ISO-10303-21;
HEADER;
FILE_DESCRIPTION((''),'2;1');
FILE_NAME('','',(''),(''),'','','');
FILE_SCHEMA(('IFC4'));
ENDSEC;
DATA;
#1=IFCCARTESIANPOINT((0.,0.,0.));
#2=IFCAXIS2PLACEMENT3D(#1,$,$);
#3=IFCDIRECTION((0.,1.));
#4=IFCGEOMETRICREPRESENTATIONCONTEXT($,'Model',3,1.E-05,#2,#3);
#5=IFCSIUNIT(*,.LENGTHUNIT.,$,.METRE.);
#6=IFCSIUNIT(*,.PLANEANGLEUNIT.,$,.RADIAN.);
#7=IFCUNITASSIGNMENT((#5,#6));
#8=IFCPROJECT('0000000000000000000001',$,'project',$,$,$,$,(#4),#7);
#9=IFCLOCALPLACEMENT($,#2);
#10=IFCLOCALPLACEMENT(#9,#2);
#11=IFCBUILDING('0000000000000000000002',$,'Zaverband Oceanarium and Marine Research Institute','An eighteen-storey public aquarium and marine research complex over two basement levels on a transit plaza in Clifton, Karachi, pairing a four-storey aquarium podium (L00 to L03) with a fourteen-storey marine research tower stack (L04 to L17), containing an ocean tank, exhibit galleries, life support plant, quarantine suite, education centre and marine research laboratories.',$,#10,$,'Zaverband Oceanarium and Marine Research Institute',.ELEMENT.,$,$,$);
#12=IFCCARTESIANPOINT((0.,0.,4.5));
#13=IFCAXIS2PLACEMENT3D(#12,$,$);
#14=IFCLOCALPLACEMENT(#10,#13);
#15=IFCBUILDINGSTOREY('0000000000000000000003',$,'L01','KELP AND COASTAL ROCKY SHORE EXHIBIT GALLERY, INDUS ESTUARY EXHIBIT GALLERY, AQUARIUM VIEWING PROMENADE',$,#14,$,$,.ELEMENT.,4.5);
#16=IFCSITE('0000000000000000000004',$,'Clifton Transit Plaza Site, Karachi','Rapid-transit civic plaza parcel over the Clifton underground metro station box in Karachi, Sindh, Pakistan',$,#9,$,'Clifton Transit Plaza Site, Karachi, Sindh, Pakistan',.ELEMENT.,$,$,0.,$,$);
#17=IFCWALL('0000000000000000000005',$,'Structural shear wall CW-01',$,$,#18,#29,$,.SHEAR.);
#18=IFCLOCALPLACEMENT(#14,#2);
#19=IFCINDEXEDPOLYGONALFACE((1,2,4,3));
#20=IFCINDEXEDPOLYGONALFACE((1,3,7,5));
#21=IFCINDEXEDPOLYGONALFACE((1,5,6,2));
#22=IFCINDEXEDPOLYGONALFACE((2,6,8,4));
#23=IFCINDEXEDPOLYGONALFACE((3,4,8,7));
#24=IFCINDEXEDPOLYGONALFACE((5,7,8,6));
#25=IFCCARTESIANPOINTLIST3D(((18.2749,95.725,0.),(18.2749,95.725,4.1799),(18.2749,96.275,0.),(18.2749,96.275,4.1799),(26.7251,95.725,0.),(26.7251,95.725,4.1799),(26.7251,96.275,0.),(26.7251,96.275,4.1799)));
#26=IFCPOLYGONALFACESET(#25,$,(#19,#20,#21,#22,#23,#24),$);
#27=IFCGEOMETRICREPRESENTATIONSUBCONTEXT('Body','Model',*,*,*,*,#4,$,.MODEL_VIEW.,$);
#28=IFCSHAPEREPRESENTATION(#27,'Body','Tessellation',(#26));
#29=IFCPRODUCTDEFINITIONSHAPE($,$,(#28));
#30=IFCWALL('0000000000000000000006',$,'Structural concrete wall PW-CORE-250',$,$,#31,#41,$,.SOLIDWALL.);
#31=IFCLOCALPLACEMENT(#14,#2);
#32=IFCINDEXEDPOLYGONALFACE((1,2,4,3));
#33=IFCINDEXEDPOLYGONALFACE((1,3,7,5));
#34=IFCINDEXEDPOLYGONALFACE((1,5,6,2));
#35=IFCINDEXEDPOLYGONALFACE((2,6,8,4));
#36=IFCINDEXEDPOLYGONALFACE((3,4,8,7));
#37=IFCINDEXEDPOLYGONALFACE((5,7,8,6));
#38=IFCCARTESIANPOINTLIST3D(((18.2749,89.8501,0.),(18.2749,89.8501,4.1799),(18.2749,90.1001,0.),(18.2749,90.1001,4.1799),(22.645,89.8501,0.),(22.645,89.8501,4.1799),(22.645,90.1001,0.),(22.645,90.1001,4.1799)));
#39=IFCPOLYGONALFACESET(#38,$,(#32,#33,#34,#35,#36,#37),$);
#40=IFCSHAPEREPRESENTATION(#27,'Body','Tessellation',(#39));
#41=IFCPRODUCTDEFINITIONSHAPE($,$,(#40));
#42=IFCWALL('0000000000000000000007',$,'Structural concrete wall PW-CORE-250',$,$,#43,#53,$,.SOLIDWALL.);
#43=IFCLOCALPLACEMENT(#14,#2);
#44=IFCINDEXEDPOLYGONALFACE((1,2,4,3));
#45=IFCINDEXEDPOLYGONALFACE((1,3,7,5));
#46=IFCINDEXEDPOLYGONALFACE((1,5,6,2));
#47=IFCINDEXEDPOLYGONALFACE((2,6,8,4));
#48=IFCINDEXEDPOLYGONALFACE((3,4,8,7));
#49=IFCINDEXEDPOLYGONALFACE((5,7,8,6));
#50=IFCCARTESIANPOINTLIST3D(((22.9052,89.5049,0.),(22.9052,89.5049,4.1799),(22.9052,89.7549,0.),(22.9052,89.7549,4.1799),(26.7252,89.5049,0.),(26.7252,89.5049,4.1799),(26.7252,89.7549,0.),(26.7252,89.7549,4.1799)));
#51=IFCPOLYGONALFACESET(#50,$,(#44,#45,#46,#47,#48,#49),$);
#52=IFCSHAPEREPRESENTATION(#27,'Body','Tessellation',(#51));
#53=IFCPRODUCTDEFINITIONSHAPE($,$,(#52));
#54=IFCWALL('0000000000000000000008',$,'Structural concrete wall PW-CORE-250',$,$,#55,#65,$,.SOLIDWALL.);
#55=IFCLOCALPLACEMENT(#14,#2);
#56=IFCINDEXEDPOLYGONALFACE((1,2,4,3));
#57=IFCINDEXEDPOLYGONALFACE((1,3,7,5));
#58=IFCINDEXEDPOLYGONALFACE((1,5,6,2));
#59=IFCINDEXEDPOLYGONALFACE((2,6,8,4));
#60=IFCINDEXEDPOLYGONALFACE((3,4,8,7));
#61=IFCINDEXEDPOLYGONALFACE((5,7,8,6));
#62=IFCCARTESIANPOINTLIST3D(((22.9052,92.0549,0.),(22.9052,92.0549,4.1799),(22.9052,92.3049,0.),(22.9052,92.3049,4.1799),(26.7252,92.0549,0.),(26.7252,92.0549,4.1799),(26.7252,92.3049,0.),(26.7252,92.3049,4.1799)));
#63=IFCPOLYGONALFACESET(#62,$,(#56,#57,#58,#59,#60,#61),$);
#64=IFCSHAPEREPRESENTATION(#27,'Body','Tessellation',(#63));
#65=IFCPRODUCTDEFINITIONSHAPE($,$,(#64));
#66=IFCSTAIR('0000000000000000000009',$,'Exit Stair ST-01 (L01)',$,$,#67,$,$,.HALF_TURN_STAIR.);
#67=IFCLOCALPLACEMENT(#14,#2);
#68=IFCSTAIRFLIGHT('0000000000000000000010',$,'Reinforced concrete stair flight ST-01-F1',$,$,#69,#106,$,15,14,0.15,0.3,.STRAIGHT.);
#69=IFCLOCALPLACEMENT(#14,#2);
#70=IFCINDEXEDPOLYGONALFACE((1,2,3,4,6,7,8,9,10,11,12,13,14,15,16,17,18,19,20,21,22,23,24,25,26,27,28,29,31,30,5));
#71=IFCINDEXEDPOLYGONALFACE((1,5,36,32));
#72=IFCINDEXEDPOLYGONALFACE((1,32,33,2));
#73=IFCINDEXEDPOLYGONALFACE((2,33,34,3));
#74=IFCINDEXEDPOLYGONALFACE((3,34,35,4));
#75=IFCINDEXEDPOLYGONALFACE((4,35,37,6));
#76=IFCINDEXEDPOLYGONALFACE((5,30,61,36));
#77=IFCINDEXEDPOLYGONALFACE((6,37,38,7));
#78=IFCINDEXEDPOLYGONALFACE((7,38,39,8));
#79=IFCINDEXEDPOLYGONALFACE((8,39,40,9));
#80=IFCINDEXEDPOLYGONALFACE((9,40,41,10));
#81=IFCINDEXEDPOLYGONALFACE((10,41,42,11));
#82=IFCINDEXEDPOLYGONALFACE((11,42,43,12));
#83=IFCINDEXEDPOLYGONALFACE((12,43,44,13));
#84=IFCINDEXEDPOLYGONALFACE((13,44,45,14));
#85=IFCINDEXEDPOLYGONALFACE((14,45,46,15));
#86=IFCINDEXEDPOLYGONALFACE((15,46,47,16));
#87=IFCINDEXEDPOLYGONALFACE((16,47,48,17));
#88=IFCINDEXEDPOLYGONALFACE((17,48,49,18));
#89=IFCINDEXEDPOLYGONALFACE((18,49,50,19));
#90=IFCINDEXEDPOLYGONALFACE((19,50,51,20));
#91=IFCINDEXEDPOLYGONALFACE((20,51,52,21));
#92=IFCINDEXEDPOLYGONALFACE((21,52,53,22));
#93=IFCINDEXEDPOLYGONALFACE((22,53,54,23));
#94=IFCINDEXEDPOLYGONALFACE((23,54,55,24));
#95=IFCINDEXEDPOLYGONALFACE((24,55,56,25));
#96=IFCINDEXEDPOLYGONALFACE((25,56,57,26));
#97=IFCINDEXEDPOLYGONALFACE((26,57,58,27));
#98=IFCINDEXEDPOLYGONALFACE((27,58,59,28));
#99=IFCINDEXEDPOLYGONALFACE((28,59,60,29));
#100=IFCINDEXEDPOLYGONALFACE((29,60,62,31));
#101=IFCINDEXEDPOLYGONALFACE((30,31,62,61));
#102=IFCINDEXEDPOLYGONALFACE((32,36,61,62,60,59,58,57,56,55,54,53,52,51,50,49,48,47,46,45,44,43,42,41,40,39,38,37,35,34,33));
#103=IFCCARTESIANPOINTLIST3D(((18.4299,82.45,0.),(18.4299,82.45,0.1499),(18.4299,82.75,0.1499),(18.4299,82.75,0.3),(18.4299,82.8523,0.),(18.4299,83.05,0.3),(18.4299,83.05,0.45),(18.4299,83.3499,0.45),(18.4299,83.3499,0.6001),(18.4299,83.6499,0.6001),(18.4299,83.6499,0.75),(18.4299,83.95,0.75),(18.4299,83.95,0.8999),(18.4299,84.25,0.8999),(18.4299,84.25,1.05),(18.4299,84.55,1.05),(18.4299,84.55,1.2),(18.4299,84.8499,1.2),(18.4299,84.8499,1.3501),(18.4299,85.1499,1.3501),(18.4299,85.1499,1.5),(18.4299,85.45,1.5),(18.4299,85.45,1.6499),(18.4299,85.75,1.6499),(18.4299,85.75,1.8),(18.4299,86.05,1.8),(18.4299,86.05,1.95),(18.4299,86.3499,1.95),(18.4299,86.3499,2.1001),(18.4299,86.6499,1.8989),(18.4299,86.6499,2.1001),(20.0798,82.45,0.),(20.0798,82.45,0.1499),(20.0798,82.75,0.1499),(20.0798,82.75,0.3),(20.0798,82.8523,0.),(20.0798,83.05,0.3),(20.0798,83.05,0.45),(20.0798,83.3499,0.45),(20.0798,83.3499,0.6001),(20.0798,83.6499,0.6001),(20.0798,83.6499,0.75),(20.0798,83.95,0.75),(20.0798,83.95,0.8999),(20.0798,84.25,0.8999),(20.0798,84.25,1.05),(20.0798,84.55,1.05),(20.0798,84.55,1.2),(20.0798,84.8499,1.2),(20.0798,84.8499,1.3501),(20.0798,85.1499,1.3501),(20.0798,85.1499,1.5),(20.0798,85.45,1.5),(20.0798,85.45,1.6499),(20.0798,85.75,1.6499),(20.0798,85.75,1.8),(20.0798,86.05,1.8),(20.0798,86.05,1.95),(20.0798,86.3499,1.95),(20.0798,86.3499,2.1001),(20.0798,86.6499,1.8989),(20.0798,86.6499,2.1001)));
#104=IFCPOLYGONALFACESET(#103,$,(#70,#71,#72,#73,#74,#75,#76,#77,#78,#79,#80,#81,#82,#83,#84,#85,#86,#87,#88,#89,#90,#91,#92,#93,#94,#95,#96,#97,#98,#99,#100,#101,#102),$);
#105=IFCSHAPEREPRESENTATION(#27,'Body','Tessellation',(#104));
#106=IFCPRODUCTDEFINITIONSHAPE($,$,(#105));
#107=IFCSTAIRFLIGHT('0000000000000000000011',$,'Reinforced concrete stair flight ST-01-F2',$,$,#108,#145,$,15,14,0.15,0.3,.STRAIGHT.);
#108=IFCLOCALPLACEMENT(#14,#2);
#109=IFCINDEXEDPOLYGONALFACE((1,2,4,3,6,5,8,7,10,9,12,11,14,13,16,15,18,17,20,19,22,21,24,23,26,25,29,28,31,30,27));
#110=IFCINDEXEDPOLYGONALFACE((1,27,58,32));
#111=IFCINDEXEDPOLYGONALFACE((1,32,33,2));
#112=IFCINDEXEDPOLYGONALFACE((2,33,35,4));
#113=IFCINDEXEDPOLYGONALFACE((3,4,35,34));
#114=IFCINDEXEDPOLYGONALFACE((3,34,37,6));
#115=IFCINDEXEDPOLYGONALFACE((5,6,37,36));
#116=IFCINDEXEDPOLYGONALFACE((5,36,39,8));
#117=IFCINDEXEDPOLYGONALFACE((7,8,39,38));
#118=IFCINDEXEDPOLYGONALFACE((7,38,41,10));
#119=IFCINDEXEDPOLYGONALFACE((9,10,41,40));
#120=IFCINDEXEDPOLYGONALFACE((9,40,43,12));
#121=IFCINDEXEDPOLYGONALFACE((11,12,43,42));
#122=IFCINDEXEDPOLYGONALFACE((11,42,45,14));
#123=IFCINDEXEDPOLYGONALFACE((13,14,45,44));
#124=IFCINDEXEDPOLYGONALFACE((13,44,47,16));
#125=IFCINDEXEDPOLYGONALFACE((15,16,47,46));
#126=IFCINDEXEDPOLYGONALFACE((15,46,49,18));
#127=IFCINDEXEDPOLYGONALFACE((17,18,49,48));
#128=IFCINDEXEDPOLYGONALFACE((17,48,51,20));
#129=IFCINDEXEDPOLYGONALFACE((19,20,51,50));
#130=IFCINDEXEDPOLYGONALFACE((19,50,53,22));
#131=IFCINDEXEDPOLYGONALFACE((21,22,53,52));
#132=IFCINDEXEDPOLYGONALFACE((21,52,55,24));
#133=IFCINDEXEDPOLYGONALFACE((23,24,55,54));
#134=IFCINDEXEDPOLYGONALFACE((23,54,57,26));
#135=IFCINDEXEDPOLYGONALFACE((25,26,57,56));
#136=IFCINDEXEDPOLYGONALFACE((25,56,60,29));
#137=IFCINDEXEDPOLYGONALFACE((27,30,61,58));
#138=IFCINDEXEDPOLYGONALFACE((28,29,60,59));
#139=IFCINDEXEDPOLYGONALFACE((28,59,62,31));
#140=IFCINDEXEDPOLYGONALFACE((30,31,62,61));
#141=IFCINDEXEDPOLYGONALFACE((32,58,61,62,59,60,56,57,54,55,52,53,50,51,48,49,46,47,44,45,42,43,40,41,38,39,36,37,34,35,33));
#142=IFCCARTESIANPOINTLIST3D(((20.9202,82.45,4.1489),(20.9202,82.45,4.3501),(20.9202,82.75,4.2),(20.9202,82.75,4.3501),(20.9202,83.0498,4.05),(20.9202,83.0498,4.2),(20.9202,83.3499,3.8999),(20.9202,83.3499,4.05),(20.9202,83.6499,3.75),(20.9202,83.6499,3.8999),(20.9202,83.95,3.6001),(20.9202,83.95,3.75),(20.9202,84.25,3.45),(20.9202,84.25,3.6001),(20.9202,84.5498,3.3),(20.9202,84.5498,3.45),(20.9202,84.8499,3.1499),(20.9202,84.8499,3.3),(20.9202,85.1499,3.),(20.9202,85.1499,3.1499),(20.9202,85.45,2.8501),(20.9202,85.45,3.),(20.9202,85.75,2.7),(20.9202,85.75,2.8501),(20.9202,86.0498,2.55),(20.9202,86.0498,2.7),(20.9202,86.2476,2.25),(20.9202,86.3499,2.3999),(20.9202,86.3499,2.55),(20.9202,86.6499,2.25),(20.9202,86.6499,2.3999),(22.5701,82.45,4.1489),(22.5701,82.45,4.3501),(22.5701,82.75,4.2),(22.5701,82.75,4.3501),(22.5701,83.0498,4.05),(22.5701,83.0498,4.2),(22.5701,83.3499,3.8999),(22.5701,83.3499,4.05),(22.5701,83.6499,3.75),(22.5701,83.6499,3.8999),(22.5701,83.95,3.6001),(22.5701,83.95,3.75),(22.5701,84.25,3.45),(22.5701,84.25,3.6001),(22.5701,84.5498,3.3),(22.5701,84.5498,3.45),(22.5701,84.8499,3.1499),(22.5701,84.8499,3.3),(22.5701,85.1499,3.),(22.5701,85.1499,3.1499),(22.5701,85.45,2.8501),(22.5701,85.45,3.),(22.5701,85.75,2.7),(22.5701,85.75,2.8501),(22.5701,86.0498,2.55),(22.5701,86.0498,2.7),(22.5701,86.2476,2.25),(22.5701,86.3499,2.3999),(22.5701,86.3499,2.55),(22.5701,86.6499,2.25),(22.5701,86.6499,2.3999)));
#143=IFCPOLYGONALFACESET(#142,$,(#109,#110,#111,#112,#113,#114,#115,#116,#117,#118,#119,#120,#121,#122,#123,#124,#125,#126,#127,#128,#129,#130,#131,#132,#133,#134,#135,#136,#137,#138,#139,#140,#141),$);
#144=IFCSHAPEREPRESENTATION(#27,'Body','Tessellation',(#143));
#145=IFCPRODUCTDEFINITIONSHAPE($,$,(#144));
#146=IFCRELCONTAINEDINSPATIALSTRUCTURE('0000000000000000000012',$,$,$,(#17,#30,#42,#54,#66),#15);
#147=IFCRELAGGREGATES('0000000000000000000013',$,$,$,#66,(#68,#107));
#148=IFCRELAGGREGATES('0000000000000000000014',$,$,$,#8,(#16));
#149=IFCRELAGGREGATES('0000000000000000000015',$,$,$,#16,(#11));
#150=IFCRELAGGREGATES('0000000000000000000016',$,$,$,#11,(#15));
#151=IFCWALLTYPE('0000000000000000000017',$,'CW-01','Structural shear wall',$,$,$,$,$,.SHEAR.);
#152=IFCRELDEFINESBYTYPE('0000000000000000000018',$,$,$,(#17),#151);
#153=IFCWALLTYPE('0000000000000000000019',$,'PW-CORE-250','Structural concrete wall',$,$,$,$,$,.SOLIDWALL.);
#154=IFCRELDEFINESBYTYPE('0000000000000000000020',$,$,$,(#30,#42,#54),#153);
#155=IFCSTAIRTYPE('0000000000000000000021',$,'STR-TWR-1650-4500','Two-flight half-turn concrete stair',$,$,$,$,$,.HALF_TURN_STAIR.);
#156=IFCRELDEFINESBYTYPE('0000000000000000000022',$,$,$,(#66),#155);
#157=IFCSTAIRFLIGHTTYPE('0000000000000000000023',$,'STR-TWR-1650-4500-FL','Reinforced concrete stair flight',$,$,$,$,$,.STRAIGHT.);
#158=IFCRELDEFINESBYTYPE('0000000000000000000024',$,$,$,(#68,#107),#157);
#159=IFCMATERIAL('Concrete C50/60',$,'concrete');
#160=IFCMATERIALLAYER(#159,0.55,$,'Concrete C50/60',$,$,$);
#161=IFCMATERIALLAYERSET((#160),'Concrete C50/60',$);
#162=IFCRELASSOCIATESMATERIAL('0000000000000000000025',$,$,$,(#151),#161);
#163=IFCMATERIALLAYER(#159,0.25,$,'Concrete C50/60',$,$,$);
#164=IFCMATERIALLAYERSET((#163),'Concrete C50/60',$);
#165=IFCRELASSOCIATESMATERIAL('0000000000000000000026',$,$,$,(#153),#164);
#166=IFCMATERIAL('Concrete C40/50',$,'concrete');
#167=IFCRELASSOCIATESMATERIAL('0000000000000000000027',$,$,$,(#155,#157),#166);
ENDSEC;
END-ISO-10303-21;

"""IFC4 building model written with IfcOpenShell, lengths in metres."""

from ifc_helpers import new_model, si_unit, direction, frame, frame_2d, origin, place, context, subcontext, project, spatial, polyline, rectangle, outline, extrude, material, layer, layer_set, type_object, element, aggregate, save


model = new_model("IFC4")

# Units and contexts
model_context = context("Model", 3, precision=1e-05, world=origin(), true_north=direction((0.0, 1.0)))
body_context = subcontext(model_context, "Body", "Model", "MODEL_VIEW")
ifc_project = project(units=[si_unit("LENGTHUNIT", "METRE"), si_unit("PLANEANGLEUNIT", "RADIAN")], contexts=[model_context])

# Site, building, storey
site_placement = place(None, origin())
site = spatial("IfcSite", under=ifc_project, at=site_placement, Name="Clifton Transit Plaza Site, Karachi", Description="Rapid-transit civic plaza parcel over the Clifton underground metro station box in Karachi, Sindh, Pakistan", LongName="Clifton Transit Plaza Site, Karachi, Sindh, Pakistan", CompositionType="ELEMENT", RefElevation=0.0)
building_placement = place(site_placement, origin())
building = spatial("IfcBuilding", under=site, at=building_placement, Name="Zaverband Oceanarium and Marine Research Institute", Description="An eighteen-storey public aquarium and marine research complex over two basement levels on a transit plaza in Clifton, Karachi, pairing a four-storey aquarium podium (L00 to L03) with a fourteen-storey marine research tower stack (L04 to L17), containing an ocean tank, exhibit galleries, life support plant, quarantine suite, education centre and marine research laboratories.", LongName="Zaverband Oceanarium and Marine Research Institute", CompositionType="ELEMENT")
storey_placement = place(building_placement, frame((0.0, 0.0, 4.5)))
storey = spatial("IfcBuildingStorey", under=building, at=storey_placement, Name="L01", Description="KELP AND COASTAL ROCKY SHORE EXHIBIT GALLERY, INDUS ESTUARY EXHIBIT GALLERY, AQUARIUM VIEWING PROMENADE", CompositionType="ELEMENT", Elevation=4.5)

# Shared definitions
ifc_material_1 = material(Name="Concrete C50/60", Category="concrete")

# Shared definitions
ifc_material_2 = material(Name="Concrete C40/50", Category="concrete")

# Walls
ifc_layer_1 = layer(ifc_material_1, 0.55, Name="Concrete C50/60")
ifc_layer_set_1 = layer_set([ifc_layer_1], Name="Concrete C50/60")
wall_type_1 = type_object("IfcWallType", Name="CW-01", Description="Structural shear wall", PredefinedType="SHEAR", material=ifc_layer_set_1)
wall_1_placement = place(storey_placement, frame((18.2749, 96.0, 0.0), z_axis=(0.0, 0.0, 1.0), x_axis=(1.0, 0.0, 0.0)))
element("IfcWall", 1, at=wall_1_placement, inside=storey, type_object=wall_type_1, Name="Structural shear wall CW-01", PredefinedType="SHEAR", context=body_context, shape_type="SweptSolid", body=[
    extrude(rectangle(XDim=8.4502, YDim=0.55, at=frame_2d((4.2251, 0.0))), origin(), (0.0, 0.0, 1.0), 4.1799),
])
ifc_layer_2 = layer(ifc_material_1, 0.25, Name="Concrete C50/60")
ifc_layer_set_2 = layer_set([ifc_layer_2], Name="Concrete C50/60")
wall_type_2 = type_object("IfcWallType", Name="PW-CORE-250", Description="Structural concrete wall", PredefinedType="SOLIDWALL", material=ifc_layer_set_2)
wall_2_placement = place(storey_placement, frame((18.2749, 89.9751, 0.0), z_axis=(0.0, 0.0, 1.0), x_axis=(1.0, 0.0, 0.0)))
element("IfcWall", 2, at=wall_2_placement, inside=storey, type_object=wall_type_2, Name="Structural concrete wall PW-CORE-250", PredefinedType="SOLIDWALL", context=body_context, shape_type="SweptSolid", body=[
    extrude(rectangle(XDim=4.3701, YDim=0.25, at=frame_2d((2.1851, 0.0))), origin(), (0.0, 0.0, 1.0), 4.1799),
])

# Walls
for number, where, z_axis, x_axis, name in (
    (3, (22.905, 89.6299, 0.0), (0.0, 0.0, 1.0), (1.0, 0.0, 0.0), "Structural concrete wall PW-CORE-250"),
    (4, (22.905, 92.1799, 0.0), (0.0, 0.0, 1.0), (1.0, 0.0, 0.0), "Structural concrete wall PW-CORE-250"),
):
    element("IfcWall", number, at=place(storey_placement, frame(where, z_axis=z_axis, x_axis=x_axis)), inside=storey, type_object=wall_type_2, Name=name, PredefinedType="SOLIDWALL", context=body_context, shape_type="SweptSolid", body=[
        extrude(rectangle(XDim=3.8201, YDim=0.25, at=frame_2d((1.9102, 0.0))), origin(), (0.0, 0.0, 1.0), 4.1799),
    ])

# Stair, stair flights
stair_type = type_object("IfcStairType", Name="STR-TWR-1650-4500", Description="Two-flight half-turn concrete stair", PredefinedType="HALF_TURN_STAIR", material=ifc_material_2)
stair_placement = place(storey_placement, origin())
stair = element("IfcStair", 5, at=stair_placement, inside=storey, type_object=stair_type, Name="Exit Stair ST-01 (L01)", PredefinedType="HALF_TURN_STAIR")
stair_flight_type = type_object("IfcStairFlightType", Name="STR-TWR-1650-4500-FL", Description="Reinforced concrete stair flight", PredefinedType="STRAIGHT", material=ifc_material_2)
stair_flight_1_placement = place(storey_placement, frame((19.2549, 82.45, 0.0), z_axis=(0.0, 0.0, 1.0), x_axis=(0.0, 1.0, 0.0)))
stair_flight_1 = element("IfcStairFlight", 6, at=stair_flight_1_placement, type_object=stair_flight_type, Name="Reinforced concrete stair flight ST-01-F1", NumberOfRisers=15, NumberOfTreads=14, PredefinedType="STRAIGHT", RiserHeight=0.15, TreadLength=0.3, context=body_context, shape_type="SweptSolid", body=[
    extrude(outline(polyline([(0.0, 0.0), (0.0, 0.1499), (0.3, 0.1499), (0.3, 0.3), (0.6001, 0.3), (0.6001, 0.45), (0.8999, 0.45), (0.8999, 0.6001), (1.2, 0.6001), (1.2, 0.75), (1.5, 0.75), (1.5, 0.8999), (1.8, 0.8999), (1.8, 1.05), (2.1001, 1.05), (2.1001, 1.2), (2.3999, 1.2), (2.3999, 1.3501), (2.7, 1.3501), (2.7, 1.5), (3.0, 1.5), (3.0, 1.6499), (3.3, 1.6499), (3.3, 1.8), (3.6001, 1.8), (3.6001, 1.95), (3.8999, 1.95), (3.8999, 2.1001), (4.2, 2.1001), (4.2, 2.25), (4.2, 1.8989), (0.4023, 0.0), (0.0, 0.0)])), frame((0.0, 0.825, 0.0), z_axis=(0.0, -1.0, 0.0), x_axis=(1.0, 0.0, 0.0)), (0.0, 0.0, 1.0), 1.6499),
])
stair_flight_2_placement = place(storey_placement, frame((21.7451, 86.6499, 2.25), z_axis=(0.0, 0.0, 1.0), x_axis=(0.0, -1.0, 0.0)))
stair_flight_2 = element("IfcStairFlight", 7, at=stair_flight_2_placement, type_object=stair_flight_type, Name="Reinforced concrete stair flight ST-01-F2", NumberOfRisers=15, NumberOfTreads=14, PredefinedType="STRAIGHT", RiserHeight=0.15, TreadLength=0.3, context=body_context, shape_type="SweptSolid", body=[
    extrude(outline(polyline([(0.0, 0.0), (0.0, 0.1499), (0.3, 0.1499), (0.3, 0.3), (0.6001, 0.3), (0.6001, 0.45), (0.8999, 0.45), (0.8999, 0.6001), (1.2, 0.6001), (1.2, 0.75), (1.5, 0.75), (1.5, 0.8999), (1.8, 0.8999), (1.8, 1.05), (2.1001, 1.05), (2.1001, 1.2), (2.3999, 1.2), (2.3999, 1.3501), (2.7, 1.3501), (2.7, 1.5), (3.0, 1.5), (3.0, 1.6499), (3.3, 1.6499), (3.3, 1.8), (3.6001, 1.8), (3.6001, 1.95), (3.8999, 1.95), (3.8999, 2.1001), (4.2, 2.1001), (4.2, 2.25), (4.2, 1.8989), (0.4023, 0.0), (0.0, 0.0)])), frame((0.0, 0.825, 0.0), z_axis=(0.0, -1.0, 0.0), x_axis=(1.0, 0.0, 0.0)), (0.0, 0.0, 1.0), 1.6499),
])
aggregate(stair, [stair_flight_1, stair_flight_2])

save(model, "model.ifc")
